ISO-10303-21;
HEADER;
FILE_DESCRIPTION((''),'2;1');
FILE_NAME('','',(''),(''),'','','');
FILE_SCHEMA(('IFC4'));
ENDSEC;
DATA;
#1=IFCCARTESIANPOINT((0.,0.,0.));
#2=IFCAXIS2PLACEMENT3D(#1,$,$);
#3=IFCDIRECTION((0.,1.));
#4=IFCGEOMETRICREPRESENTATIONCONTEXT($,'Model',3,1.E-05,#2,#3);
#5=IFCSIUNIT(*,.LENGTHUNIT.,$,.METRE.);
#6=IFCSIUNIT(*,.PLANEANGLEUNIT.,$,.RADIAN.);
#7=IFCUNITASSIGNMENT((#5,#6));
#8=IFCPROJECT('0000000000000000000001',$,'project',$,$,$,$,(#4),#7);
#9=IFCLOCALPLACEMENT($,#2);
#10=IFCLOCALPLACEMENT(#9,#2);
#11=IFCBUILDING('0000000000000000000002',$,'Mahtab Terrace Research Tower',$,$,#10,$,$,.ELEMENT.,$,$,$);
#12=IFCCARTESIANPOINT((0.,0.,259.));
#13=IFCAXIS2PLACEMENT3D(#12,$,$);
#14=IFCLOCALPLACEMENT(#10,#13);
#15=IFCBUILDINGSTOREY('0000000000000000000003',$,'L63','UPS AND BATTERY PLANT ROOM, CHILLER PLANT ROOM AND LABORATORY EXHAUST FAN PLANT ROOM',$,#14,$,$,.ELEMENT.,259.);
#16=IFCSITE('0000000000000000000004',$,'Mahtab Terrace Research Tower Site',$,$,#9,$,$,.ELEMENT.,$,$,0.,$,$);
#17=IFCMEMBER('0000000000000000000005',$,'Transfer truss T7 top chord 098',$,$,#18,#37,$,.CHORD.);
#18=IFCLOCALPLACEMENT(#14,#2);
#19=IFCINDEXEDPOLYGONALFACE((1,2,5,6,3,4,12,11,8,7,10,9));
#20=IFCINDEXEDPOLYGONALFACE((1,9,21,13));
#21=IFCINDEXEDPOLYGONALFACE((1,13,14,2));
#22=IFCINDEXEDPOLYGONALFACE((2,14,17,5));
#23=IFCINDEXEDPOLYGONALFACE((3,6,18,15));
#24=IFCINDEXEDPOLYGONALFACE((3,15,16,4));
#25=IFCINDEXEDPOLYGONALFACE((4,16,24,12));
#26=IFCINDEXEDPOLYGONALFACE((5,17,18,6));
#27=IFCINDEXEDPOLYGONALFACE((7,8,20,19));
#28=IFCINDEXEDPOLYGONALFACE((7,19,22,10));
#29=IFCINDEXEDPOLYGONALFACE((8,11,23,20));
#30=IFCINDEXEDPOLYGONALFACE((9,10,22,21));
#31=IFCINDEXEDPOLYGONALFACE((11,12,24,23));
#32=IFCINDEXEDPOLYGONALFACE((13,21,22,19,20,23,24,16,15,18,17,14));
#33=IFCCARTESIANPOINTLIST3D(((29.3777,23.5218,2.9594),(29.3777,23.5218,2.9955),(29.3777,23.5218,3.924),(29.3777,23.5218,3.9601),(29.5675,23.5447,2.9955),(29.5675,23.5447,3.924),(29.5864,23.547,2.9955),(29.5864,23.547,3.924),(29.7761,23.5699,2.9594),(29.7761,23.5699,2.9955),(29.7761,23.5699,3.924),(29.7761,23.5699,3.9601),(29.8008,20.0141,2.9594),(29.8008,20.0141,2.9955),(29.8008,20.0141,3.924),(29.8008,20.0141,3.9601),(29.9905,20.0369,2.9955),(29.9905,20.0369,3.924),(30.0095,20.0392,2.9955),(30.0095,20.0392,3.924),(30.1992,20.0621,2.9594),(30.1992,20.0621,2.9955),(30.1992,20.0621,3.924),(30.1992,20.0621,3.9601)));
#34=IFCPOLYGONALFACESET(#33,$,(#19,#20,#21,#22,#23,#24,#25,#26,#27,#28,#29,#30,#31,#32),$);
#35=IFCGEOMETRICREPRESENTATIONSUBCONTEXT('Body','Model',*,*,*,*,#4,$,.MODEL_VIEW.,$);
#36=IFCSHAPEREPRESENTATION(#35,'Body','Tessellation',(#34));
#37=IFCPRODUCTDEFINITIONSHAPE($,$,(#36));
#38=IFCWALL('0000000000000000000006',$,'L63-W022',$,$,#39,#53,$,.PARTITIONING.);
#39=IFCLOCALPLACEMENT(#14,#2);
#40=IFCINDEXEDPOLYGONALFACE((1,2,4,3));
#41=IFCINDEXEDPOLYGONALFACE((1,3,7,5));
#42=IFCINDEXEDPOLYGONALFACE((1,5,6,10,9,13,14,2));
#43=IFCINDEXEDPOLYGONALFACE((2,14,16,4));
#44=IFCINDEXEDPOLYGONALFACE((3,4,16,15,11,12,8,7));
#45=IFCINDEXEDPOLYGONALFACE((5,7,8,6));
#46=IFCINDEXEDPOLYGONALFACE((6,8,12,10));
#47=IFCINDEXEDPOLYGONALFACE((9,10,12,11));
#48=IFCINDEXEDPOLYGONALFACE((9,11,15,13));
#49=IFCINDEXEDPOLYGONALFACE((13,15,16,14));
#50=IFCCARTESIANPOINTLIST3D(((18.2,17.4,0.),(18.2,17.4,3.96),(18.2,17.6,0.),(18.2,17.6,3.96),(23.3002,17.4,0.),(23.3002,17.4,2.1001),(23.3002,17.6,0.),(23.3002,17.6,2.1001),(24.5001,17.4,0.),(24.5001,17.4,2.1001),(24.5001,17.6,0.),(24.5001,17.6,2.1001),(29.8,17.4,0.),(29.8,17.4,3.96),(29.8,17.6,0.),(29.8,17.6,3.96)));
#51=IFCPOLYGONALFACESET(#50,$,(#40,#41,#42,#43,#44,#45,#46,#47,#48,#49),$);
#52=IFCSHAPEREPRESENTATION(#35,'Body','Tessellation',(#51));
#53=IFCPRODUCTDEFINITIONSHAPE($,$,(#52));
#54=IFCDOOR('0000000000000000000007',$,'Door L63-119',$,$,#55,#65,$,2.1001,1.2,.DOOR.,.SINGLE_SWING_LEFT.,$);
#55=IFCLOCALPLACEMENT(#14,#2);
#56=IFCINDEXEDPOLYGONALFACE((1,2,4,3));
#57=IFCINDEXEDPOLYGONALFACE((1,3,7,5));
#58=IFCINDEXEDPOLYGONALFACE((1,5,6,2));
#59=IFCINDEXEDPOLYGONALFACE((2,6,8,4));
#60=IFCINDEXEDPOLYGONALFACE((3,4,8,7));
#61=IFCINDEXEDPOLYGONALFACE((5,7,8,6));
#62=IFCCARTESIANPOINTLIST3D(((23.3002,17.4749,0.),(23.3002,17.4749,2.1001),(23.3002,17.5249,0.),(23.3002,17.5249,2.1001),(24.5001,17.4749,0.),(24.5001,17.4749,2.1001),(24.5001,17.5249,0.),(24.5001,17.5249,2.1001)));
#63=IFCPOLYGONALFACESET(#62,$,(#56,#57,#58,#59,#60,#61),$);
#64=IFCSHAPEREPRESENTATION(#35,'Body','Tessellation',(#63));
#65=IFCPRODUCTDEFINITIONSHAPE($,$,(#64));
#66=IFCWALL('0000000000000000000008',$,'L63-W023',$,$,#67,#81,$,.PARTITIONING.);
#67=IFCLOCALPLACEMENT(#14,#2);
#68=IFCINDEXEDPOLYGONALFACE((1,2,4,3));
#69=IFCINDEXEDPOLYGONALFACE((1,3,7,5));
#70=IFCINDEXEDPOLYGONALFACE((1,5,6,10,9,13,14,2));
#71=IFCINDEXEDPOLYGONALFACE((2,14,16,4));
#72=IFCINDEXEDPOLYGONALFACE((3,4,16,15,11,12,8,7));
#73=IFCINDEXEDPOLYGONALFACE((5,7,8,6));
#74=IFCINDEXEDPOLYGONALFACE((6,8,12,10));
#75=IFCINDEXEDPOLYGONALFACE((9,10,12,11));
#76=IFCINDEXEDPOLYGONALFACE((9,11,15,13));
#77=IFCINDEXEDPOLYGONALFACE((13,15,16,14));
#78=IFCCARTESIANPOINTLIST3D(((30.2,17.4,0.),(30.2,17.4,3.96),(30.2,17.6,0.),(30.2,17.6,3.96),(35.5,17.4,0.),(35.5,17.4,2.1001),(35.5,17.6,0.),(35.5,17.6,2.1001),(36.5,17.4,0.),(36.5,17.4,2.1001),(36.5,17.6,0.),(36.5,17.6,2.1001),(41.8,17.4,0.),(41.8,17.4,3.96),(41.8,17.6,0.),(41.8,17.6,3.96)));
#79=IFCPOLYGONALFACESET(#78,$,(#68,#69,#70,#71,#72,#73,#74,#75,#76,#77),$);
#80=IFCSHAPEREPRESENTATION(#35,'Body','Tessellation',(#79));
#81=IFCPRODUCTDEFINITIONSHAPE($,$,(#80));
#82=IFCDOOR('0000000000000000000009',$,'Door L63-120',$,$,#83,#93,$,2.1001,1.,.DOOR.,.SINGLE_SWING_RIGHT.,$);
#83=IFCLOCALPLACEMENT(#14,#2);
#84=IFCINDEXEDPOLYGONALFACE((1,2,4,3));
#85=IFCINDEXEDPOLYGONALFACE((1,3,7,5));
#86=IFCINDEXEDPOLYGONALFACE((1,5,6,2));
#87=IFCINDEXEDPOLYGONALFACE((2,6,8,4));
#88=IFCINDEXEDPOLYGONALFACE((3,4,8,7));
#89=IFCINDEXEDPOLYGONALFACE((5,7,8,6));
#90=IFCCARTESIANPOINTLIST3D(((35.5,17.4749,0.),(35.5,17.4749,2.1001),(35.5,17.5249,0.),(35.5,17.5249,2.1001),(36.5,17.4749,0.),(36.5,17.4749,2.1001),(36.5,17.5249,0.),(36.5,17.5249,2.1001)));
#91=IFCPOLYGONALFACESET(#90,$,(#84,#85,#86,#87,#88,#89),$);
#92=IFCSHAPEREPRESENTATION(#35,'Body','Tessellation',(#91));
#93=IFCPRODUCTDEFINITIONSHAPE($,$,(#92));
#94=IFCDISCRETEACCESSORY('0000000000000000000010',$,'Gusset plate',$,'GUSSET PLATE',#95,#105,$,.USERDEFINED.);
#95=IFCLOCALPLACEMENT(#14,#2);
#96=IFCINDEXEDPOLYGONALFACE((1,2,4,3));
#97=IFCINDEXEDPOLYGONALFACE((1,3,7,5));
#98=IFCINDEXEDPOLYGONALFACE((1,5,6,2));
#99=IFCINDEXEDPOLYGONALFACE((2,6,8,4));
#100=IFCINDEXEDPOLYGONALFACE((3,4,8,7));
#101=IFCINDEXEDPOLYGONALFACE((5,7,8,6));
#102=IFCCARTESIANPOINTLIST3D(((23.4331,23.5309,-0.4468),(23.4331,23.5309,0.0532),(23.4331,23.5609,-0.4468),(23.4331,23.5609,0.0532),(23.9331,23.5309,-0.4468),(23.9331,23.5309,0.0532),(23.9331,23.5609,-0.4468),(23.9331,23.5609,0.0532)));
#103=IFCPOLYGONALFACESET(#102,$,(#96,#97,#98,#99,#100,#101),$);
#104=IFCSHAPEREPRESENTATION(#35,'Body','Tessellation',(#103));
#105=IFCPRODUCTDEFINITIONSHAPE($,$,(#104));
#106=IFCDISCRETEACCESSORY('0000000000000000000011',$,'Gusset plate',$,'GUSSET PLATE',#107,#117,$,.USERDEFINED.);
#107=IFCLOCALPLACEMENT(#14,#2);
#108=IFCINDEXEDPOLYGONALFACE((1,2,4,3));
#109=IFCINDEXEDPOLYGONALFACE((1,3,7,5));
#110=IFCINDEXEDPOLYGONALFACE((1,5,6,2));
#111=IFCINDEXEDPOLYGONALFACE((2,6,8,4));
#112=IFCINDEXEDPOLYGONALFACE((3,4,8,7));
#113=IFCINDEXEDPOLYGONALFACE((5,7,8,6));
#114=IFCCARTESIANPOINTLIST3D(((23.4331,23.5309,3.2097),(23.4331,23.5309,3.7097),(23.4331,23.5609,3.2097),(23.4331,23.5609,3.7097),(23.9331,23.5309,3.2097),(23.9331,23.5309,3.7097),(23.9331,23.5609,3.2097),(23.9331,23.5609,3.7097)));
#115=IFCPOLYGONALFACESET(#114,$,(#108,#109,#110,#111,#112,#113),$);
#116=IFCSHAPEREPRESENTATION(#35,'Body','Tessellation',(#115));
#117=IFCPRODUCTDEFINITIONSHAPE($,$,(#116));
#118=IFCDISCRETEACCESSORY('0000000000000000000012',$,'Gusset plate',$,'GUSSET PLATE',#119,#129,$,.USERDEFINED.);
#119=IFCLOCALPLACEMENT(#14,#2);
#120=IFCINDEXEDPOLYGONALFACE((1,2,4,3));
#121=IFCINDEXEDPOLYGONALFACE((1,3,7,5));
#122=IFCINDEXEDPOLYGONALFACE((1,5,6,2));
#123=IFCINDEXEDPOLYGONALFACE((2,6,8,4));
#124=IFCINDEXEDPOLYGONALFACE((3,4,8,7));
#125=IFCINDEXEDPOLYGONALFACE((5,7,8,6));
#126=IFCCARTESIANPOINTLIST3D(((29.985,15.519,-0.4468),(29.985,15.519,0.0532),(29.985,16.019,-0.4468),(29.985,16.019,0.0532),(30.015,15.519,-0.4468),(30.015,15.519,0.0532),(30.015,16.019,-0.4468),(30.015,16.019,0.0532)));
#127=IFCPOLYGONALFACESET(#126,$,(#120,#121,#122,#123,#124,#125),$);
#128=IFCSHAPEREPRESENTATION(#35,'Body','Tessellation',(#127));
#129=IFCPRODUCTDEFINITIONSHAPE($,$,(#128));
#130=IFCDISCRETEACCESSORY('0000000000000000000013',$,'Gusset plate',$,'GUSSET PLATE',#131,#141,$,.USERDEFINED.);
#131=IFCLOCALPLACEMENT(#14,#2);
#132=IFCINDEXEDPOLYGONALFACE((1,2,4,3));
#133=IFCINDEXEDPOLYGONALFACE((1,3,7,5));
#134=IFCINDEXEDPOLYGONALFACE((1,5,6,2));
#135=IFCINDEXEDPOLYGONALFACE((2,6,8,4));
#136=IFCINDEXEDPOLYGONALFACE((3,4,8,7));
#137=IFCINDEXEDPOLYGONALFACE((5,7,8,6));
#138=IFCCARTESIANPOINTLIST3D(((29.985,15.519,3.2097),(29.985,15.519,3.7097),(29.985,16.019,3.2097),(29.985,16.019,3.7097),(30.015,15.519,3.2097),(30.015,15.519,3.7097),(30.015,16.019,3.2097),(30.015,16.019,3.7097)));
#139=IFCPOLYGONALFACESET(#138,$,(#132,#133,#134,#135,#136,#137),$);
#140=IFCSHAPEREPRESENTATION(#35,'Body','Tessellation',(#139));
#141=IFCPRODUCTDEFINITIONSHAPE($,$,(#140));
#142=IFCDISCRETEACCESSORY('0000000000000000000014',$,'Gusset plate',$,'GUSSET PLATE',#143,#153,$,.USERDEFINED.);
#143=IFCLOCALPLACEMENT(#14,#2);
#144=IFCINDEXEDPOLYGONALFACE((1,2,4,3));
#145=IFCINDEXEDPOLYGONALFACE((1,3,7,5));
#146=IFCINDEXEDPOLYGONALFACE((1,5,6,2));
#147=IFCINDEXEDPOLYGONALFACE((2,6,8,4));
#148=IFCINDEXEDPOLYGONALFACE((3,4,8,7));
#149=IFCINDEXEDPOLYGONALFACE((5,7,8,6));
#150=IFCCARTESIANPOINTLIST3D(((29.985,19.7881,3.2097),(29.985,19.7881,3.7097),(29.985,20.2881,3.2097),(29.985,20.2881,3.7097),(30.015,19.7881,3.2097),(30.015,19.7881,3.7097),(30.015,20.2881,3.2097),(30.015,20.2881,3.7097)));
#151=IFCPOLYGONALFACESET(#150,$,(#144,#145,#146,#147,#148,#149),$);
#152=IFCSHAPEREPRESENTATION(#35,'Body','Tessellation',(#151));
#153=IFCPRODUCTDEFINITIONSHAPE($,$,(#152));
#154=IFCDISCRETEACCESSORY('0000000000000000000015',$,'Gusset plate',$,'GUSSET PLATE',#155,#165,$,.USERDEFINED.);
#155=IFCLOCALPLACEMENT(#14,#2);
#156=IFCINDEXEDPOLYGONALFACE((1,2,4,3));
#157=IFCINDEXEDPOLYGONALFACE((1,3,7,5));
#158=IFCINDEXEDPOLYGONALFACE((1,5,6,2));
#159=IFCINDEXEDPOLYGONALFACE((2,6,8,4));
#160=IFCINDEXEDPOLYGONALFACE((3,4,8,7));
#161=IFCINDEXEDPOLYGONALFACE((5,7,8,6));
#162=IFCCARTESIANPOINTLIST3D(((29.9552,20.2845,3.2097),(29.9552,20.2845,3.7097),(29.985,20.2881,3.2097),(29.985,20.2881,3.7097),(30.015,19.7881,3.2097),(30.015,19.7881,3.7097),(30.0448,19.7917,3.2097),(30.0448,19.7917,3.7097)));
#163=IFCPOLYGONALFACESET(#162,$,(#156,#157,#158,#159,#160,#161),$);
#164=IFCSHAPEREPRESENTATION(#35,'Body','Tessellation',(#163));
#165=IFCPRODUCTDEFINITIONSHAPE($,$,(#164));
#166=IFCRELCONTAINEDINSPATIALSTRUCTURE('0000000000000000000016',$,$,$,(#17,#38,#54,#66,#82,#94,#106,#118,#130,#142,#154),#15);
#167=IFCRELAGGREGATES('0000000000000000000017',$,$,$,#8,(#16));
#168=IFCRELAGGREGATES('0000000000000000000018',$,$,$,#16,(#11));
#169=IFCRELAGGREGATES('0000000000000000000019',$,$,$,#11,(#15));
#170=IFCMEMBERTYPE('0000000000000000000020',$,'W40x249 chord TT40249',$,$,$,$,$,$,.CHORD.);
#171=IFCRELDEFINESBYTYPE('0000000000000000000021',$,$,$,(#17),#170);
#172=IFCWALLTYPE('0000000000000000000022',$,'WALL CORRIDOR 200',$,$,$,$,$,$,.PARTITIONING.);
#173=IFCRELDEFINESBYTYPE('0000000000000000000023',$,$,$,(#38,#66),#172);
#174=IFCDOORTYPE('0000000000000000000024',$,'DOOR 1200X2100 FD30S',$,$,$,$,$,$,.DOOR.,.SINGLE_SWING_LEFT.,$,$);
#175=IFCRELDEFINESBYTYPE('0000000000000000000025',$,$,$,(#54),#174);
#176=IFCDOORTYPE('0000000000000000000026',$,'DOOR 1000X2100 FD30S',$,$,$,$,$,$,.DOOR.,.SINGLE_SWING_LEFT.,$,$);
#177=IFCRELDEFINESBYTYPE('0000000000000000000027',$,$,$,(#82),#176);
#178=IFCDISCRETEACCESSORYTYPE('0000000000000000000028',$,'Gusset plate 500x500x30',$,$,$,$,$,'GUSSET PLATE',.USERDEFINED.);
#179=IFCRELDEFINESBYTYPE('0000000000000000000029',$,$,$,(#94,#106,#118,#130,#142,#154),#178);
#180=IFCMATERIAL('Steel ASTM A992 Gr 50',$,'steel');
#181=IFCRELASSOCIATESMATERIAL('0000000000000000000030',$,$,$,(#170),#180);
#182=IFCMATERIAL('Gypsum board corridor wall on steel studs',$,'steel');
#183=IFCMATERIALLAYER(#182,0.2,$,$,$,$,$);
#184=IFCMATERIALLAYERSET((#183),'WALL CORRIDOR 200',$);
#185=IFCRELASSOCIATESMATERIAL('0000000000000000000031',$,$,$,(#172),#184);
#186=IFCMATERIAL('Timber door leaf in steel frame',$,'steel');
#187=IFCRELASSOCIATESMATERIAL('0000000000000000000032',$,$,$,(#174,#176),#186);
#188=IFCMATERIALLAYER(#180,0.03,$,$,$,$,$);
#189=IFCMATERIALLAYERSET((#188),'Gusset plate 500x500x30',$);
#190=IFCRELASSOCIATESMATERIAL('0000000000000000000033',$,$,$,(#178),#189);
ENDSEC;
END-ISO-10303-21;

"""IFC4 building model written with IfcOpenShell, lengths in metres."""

from ifc_helpers import new_model, si_unit, direction, frame, frame_2d, origin, origin_2d, place, context, subcontext, project, spatial, rectangle, i_section, extrude, material, layer, layer_set, material_profile, profile_set, type_object, element, fill, save


model = new_model("IFC4")

# Units and contexts
model_context = context("Model", 3, precision=1e-05, world=origin(), true_north=direction((0.0, 1.0)))
body_context = subcontext(model_context, "Body", "Model", "MODEL_VIEW")
ifc_project = project(units=[si_unit("LENGTHUNIT", "METRE"), si_unit("PLANEANGLEUNIT", "RADIAN")], contexts=[model_context])

# Site, building, storey
site_placement = place(None, origin())
site = spatial("IfcSite", under=ifc_project, at=site_placement, Name="Mahtab Terrace Research Tower Site", CompositionType="ELEMENT", RefElevation=0.0)
building_placement = place(site_placement, origin())
building = spatial("IfcBuilding", under=site, at=building_placement, Name="Mahtab Terrace Research Tower", CompositionType="ELEMENT")
storey_placement = place(building_placement, frame((0.0, 0.0, 259.0)))
storey = spatial("IfcBuildingStorey", under=building, at=storey_placement, Name="L63", Description="UPS AND BATTERY PLANT ROOM, CHILLER PLANT ROOM AND LABORATORY EXHAUST FAN PLANT ROOM", CompositionType="ELEMENT", Elevation=259.0)

# Member
ifc_material_1 = material(Name="Steel ASTM A992 Gr 50", Category="steel")
ifc_material_profile_1 = material_profile(ifc_material_1, i_section(OverallWidth=0.4014, OverallDepth=1.0007, WebThickness=0.019, FlangeThickness=0.0361, at=origin_2d()), Name="W40X249")
ifc_profile_set_1 = profile_set([ifc_material_profile_1], Name="Steel ASTM A992 Gr 50")
member_type_1 = type_object("IfcMemberType", Name="W40x249 chord TT40249", PredefinedType="CHORD", material=ifc_profile_set_1)
member_1_placement = place(storey_placement, frame((30.0, 20.0381, 3.4597), z_axis=(-0.119747, 0.992804, 0.0), x_axis=(-0.992804, -0.119747, 0.0)))
element("IfcMember", 1, at=member_1_placement, inside=storey, type_object=member_type_1, Name="Transfer truss T7 top chord 098", PredefinedType="CHORD", context=body_context, shape_type="SweptSolid", body=[
    extrude(i_section(OverallWidth=0.4014, OverallDepth=1.0007, WebThickness=0.019, FlangeThickness=0.0361, at=origin_2d()), origin(), (0.0, 0.0, 1.0), 3.5332),
])

# Walls, openings, doors
ifc_material_2 = material(Name="Gypsum board corridor wall on steel studs", Category="steel")
ifc_layer_1 = layer(ifc_material_2, 0.2)
ifc_layer_set_1 = layer_set([ifc_layer_1], Name="WALL CORRIDOR 200")
wall_type = type_object("IfcWallType", Name="WALL CORRIDOR 200", PredefinedType="PARTITIONING", material=ifc_layer_set_1)
wall_1_placement = place(storey_placement, frame((18.2, 17.5, 0.0), z_axis=(0.0, 0.0, 1.0), x_axis=(1.0, 0.0, 0.0)))
wall_1 = element("IfcWall", 2, at=wall_1_placement, inside=storey, type_object=wall_type, Name="L63-W022", PredefinedType="PARTITIONING", context=body_context, shape_type="SweptSolid", body=[
    extrude(rectangle(XDim=11.6001, YDim=0.2, at=frame_2d((5.8, 0.0))), origin(), (0.0, 0.0, 1.0), 3.96),
])
opening_1_placement = place(wall_1_placement, frame((5.1001, 0.0, 0.0)))
opening_1 = element("IfcOpeningElement", 3, at=opening_1_placement, cuts=wall_1, PredefinedType="OPENING", context=body_context, shape_type="SweptSolid", body=[
    extrude(rectangle(XDim=1.2, YDim=2.1001, at=frame_2d((0.6001, 1.05))), frame((0.0, 0.1099, 0.0), z_axis=(0.0, -1.0, 0.0), x_axis=(1.0, 0.0, 0.0)), (0.0, 0.0, 1.0), 0.22),
])
ifc_material_3 = material(Name="Timber door leaf in steel frame", Category="steel")
door_type_1 = type_object("IfcDoorType", Name="DOOR 1200X2100 FD30S", OperationType="SINGLE_SWING_LEFT", PredefinedType="DOOR", material=ifc_material_3)
door_1_placement = place(opening_1_placement, origin())
door_1 = element("IfcDoor", 4, at=door_1_placement, inside=storey, type_object=door_type_1, Name="Door L63-119", OperationType="SINGLE_SWING_LEFT", OverallHeight=2.1001, OverallWidth=1.2, PredefinedType="DOOR", context=body_context, shape_type="SweptSolid", body=[
    extrude(rectangle(XDim=1.2, YDim=2.1001, at=frame_2d((0.6001, 1.05))), frame((0.0, 0.0249, 0.0), z_axis=(0.0, -1.0, 0.0), x_axis=(1.0, 0.0, 0.0)), (0.0, 0.0, 1.0), 0.05),
])
fill(opening_1, door_1)
wall_2_placement = place(storey_placement, frame((30.2, 17.5, 0.0), z_axis=(0.0, 0.0, 1.0), x_axis=(1.0, 0.0, 0.0)))
wall_2 = element("IfcWall", 5, at=wall_2_placement, inside=storey, type_object=wall_type, Name="L63-W023", PredefinedType="PARTITIONING", context=body_context, shape_type="SweptSolid", body=[
    extrude(rectangle(XDim=11.6001, YDim=0.2, at=frame_2d((5.8, 0.0))), origin(), (0.0, 0.0, 1.0), 3.96),
])
opening_2_placement = place(wall_2_placement, frame((5.3, 0.0, 0.0)))
opening_2 = element("IfcOpeningElement", 6, at=opening_2_placement, cuts=wall_2, PredefinedType="OPENING", context=body_context, shape_type="SweptSolid", body=[
    extrude(rectangle(XDim=1.0, YDim=2.1001, at=frame_2d((0.5, 1.05))), frame((0.0, 0.1099, 0.0), z_axis=(0.0, -1.0, 0.0), x_axis=(1.0, 0.0, 0.0)), (0.0, 0.0, 1.0), 0.22),
])
door_type_2 = type_object("IfcDoorType", Name="DOOR 1000X2100 FD30S", OperationType="SINGLE_SWING_LEFT", PredefinedType="DOOR", material=ifc_material_3)
door_2_placement = place(opening_2_placement, origin())
door_2 = element("IfcDoor", 7, at=door_2_placement, inside=storey, type_object=door_type_2, Name="Door L63-120", OperationType="SINGLE_SWING_RIGHT", OverallHeight=2.1001, OverallWidth=1.0, PredefinedType="DOOR", context=body_context, shape_type="SweptSolid", body=[
    extrude(rectangle(XDim=1.0, YDim=2.1001, at=frame_2d((0.5, 1.05))), frame((0.0, 0.0249, 0.0), z_axis=(0.0, -1.0, 0.0), x_axis=(1.0, 0.0, 0.0)), (0.0, 0.0, 1.0), 0.05),
])
fill(opening_2, door_2)

# Discrete accessories
ifc_layer_2 = layer(ifc_material_1, 0.03)
ifc_layer_set_2 = layer_set([ifc_layer_2], Name="Gusset plate 500x500x30")
discrete_accessory_type = type_object("IfcDiscreteAccessoryType", Name="Gusset plate 500x500x30", ElementType="GUSSET PLATE", PredefinedType="USERDEFINED", material=ifc_layer_set_2)
for number, where, z_axis, x_axis, name in (
    (8, (23.6831, 23.5459, -0.4468), (0.0, 0.0, 1.0), (1.0, 0.0, 0.0), "Gusset plate"),
    (9, (23.6831, 23.5459, 3.2097), (0.0, 0.0, 1.0), (1.0, 0.0, 0.0), "Gusset plate"),
    (10, (30.0, 15.769, -0.4468), (0.0, 0.0, 1.0), (0.0, 1.0, 0.0), "Gusset plate"),
    (11, (30.0, 15.769, 3.2097), (0.0, 0.0, 1.0), (0.0, 1.0, 0.0), "Gusset plate"),
    (12, (30.0, 20.0381, 3.2097), (0.0, 0.0, 1.0), (0.0, 1.0, 0.0), "Gusset plate"),
    (13, (30.0, 20.0381, 3.2097), (0.0, 0.0, 1.0), (-0.119721, 0.992808, 0.0), "Gusset plate"),
):
    element("IfcDiscreteAccessory", number, at=place(storey_placement, frame(where, z_axis=z_axis, x_axis=x_axis)), inside=storey, type_object=discrete_accessory_type, Name=name, ObjectType="GUSSET PLATE", PredefinedType="USERDEFINED", context=body_context, shape_type="SweptSolid", body=[
        extrude(rectangle(XDim=0.5, YDim=0.03, at=origin_2d()), origin(), (0.0, 0.0, 1.0), 0.5),
    ])

save(model, "model.ifc")
